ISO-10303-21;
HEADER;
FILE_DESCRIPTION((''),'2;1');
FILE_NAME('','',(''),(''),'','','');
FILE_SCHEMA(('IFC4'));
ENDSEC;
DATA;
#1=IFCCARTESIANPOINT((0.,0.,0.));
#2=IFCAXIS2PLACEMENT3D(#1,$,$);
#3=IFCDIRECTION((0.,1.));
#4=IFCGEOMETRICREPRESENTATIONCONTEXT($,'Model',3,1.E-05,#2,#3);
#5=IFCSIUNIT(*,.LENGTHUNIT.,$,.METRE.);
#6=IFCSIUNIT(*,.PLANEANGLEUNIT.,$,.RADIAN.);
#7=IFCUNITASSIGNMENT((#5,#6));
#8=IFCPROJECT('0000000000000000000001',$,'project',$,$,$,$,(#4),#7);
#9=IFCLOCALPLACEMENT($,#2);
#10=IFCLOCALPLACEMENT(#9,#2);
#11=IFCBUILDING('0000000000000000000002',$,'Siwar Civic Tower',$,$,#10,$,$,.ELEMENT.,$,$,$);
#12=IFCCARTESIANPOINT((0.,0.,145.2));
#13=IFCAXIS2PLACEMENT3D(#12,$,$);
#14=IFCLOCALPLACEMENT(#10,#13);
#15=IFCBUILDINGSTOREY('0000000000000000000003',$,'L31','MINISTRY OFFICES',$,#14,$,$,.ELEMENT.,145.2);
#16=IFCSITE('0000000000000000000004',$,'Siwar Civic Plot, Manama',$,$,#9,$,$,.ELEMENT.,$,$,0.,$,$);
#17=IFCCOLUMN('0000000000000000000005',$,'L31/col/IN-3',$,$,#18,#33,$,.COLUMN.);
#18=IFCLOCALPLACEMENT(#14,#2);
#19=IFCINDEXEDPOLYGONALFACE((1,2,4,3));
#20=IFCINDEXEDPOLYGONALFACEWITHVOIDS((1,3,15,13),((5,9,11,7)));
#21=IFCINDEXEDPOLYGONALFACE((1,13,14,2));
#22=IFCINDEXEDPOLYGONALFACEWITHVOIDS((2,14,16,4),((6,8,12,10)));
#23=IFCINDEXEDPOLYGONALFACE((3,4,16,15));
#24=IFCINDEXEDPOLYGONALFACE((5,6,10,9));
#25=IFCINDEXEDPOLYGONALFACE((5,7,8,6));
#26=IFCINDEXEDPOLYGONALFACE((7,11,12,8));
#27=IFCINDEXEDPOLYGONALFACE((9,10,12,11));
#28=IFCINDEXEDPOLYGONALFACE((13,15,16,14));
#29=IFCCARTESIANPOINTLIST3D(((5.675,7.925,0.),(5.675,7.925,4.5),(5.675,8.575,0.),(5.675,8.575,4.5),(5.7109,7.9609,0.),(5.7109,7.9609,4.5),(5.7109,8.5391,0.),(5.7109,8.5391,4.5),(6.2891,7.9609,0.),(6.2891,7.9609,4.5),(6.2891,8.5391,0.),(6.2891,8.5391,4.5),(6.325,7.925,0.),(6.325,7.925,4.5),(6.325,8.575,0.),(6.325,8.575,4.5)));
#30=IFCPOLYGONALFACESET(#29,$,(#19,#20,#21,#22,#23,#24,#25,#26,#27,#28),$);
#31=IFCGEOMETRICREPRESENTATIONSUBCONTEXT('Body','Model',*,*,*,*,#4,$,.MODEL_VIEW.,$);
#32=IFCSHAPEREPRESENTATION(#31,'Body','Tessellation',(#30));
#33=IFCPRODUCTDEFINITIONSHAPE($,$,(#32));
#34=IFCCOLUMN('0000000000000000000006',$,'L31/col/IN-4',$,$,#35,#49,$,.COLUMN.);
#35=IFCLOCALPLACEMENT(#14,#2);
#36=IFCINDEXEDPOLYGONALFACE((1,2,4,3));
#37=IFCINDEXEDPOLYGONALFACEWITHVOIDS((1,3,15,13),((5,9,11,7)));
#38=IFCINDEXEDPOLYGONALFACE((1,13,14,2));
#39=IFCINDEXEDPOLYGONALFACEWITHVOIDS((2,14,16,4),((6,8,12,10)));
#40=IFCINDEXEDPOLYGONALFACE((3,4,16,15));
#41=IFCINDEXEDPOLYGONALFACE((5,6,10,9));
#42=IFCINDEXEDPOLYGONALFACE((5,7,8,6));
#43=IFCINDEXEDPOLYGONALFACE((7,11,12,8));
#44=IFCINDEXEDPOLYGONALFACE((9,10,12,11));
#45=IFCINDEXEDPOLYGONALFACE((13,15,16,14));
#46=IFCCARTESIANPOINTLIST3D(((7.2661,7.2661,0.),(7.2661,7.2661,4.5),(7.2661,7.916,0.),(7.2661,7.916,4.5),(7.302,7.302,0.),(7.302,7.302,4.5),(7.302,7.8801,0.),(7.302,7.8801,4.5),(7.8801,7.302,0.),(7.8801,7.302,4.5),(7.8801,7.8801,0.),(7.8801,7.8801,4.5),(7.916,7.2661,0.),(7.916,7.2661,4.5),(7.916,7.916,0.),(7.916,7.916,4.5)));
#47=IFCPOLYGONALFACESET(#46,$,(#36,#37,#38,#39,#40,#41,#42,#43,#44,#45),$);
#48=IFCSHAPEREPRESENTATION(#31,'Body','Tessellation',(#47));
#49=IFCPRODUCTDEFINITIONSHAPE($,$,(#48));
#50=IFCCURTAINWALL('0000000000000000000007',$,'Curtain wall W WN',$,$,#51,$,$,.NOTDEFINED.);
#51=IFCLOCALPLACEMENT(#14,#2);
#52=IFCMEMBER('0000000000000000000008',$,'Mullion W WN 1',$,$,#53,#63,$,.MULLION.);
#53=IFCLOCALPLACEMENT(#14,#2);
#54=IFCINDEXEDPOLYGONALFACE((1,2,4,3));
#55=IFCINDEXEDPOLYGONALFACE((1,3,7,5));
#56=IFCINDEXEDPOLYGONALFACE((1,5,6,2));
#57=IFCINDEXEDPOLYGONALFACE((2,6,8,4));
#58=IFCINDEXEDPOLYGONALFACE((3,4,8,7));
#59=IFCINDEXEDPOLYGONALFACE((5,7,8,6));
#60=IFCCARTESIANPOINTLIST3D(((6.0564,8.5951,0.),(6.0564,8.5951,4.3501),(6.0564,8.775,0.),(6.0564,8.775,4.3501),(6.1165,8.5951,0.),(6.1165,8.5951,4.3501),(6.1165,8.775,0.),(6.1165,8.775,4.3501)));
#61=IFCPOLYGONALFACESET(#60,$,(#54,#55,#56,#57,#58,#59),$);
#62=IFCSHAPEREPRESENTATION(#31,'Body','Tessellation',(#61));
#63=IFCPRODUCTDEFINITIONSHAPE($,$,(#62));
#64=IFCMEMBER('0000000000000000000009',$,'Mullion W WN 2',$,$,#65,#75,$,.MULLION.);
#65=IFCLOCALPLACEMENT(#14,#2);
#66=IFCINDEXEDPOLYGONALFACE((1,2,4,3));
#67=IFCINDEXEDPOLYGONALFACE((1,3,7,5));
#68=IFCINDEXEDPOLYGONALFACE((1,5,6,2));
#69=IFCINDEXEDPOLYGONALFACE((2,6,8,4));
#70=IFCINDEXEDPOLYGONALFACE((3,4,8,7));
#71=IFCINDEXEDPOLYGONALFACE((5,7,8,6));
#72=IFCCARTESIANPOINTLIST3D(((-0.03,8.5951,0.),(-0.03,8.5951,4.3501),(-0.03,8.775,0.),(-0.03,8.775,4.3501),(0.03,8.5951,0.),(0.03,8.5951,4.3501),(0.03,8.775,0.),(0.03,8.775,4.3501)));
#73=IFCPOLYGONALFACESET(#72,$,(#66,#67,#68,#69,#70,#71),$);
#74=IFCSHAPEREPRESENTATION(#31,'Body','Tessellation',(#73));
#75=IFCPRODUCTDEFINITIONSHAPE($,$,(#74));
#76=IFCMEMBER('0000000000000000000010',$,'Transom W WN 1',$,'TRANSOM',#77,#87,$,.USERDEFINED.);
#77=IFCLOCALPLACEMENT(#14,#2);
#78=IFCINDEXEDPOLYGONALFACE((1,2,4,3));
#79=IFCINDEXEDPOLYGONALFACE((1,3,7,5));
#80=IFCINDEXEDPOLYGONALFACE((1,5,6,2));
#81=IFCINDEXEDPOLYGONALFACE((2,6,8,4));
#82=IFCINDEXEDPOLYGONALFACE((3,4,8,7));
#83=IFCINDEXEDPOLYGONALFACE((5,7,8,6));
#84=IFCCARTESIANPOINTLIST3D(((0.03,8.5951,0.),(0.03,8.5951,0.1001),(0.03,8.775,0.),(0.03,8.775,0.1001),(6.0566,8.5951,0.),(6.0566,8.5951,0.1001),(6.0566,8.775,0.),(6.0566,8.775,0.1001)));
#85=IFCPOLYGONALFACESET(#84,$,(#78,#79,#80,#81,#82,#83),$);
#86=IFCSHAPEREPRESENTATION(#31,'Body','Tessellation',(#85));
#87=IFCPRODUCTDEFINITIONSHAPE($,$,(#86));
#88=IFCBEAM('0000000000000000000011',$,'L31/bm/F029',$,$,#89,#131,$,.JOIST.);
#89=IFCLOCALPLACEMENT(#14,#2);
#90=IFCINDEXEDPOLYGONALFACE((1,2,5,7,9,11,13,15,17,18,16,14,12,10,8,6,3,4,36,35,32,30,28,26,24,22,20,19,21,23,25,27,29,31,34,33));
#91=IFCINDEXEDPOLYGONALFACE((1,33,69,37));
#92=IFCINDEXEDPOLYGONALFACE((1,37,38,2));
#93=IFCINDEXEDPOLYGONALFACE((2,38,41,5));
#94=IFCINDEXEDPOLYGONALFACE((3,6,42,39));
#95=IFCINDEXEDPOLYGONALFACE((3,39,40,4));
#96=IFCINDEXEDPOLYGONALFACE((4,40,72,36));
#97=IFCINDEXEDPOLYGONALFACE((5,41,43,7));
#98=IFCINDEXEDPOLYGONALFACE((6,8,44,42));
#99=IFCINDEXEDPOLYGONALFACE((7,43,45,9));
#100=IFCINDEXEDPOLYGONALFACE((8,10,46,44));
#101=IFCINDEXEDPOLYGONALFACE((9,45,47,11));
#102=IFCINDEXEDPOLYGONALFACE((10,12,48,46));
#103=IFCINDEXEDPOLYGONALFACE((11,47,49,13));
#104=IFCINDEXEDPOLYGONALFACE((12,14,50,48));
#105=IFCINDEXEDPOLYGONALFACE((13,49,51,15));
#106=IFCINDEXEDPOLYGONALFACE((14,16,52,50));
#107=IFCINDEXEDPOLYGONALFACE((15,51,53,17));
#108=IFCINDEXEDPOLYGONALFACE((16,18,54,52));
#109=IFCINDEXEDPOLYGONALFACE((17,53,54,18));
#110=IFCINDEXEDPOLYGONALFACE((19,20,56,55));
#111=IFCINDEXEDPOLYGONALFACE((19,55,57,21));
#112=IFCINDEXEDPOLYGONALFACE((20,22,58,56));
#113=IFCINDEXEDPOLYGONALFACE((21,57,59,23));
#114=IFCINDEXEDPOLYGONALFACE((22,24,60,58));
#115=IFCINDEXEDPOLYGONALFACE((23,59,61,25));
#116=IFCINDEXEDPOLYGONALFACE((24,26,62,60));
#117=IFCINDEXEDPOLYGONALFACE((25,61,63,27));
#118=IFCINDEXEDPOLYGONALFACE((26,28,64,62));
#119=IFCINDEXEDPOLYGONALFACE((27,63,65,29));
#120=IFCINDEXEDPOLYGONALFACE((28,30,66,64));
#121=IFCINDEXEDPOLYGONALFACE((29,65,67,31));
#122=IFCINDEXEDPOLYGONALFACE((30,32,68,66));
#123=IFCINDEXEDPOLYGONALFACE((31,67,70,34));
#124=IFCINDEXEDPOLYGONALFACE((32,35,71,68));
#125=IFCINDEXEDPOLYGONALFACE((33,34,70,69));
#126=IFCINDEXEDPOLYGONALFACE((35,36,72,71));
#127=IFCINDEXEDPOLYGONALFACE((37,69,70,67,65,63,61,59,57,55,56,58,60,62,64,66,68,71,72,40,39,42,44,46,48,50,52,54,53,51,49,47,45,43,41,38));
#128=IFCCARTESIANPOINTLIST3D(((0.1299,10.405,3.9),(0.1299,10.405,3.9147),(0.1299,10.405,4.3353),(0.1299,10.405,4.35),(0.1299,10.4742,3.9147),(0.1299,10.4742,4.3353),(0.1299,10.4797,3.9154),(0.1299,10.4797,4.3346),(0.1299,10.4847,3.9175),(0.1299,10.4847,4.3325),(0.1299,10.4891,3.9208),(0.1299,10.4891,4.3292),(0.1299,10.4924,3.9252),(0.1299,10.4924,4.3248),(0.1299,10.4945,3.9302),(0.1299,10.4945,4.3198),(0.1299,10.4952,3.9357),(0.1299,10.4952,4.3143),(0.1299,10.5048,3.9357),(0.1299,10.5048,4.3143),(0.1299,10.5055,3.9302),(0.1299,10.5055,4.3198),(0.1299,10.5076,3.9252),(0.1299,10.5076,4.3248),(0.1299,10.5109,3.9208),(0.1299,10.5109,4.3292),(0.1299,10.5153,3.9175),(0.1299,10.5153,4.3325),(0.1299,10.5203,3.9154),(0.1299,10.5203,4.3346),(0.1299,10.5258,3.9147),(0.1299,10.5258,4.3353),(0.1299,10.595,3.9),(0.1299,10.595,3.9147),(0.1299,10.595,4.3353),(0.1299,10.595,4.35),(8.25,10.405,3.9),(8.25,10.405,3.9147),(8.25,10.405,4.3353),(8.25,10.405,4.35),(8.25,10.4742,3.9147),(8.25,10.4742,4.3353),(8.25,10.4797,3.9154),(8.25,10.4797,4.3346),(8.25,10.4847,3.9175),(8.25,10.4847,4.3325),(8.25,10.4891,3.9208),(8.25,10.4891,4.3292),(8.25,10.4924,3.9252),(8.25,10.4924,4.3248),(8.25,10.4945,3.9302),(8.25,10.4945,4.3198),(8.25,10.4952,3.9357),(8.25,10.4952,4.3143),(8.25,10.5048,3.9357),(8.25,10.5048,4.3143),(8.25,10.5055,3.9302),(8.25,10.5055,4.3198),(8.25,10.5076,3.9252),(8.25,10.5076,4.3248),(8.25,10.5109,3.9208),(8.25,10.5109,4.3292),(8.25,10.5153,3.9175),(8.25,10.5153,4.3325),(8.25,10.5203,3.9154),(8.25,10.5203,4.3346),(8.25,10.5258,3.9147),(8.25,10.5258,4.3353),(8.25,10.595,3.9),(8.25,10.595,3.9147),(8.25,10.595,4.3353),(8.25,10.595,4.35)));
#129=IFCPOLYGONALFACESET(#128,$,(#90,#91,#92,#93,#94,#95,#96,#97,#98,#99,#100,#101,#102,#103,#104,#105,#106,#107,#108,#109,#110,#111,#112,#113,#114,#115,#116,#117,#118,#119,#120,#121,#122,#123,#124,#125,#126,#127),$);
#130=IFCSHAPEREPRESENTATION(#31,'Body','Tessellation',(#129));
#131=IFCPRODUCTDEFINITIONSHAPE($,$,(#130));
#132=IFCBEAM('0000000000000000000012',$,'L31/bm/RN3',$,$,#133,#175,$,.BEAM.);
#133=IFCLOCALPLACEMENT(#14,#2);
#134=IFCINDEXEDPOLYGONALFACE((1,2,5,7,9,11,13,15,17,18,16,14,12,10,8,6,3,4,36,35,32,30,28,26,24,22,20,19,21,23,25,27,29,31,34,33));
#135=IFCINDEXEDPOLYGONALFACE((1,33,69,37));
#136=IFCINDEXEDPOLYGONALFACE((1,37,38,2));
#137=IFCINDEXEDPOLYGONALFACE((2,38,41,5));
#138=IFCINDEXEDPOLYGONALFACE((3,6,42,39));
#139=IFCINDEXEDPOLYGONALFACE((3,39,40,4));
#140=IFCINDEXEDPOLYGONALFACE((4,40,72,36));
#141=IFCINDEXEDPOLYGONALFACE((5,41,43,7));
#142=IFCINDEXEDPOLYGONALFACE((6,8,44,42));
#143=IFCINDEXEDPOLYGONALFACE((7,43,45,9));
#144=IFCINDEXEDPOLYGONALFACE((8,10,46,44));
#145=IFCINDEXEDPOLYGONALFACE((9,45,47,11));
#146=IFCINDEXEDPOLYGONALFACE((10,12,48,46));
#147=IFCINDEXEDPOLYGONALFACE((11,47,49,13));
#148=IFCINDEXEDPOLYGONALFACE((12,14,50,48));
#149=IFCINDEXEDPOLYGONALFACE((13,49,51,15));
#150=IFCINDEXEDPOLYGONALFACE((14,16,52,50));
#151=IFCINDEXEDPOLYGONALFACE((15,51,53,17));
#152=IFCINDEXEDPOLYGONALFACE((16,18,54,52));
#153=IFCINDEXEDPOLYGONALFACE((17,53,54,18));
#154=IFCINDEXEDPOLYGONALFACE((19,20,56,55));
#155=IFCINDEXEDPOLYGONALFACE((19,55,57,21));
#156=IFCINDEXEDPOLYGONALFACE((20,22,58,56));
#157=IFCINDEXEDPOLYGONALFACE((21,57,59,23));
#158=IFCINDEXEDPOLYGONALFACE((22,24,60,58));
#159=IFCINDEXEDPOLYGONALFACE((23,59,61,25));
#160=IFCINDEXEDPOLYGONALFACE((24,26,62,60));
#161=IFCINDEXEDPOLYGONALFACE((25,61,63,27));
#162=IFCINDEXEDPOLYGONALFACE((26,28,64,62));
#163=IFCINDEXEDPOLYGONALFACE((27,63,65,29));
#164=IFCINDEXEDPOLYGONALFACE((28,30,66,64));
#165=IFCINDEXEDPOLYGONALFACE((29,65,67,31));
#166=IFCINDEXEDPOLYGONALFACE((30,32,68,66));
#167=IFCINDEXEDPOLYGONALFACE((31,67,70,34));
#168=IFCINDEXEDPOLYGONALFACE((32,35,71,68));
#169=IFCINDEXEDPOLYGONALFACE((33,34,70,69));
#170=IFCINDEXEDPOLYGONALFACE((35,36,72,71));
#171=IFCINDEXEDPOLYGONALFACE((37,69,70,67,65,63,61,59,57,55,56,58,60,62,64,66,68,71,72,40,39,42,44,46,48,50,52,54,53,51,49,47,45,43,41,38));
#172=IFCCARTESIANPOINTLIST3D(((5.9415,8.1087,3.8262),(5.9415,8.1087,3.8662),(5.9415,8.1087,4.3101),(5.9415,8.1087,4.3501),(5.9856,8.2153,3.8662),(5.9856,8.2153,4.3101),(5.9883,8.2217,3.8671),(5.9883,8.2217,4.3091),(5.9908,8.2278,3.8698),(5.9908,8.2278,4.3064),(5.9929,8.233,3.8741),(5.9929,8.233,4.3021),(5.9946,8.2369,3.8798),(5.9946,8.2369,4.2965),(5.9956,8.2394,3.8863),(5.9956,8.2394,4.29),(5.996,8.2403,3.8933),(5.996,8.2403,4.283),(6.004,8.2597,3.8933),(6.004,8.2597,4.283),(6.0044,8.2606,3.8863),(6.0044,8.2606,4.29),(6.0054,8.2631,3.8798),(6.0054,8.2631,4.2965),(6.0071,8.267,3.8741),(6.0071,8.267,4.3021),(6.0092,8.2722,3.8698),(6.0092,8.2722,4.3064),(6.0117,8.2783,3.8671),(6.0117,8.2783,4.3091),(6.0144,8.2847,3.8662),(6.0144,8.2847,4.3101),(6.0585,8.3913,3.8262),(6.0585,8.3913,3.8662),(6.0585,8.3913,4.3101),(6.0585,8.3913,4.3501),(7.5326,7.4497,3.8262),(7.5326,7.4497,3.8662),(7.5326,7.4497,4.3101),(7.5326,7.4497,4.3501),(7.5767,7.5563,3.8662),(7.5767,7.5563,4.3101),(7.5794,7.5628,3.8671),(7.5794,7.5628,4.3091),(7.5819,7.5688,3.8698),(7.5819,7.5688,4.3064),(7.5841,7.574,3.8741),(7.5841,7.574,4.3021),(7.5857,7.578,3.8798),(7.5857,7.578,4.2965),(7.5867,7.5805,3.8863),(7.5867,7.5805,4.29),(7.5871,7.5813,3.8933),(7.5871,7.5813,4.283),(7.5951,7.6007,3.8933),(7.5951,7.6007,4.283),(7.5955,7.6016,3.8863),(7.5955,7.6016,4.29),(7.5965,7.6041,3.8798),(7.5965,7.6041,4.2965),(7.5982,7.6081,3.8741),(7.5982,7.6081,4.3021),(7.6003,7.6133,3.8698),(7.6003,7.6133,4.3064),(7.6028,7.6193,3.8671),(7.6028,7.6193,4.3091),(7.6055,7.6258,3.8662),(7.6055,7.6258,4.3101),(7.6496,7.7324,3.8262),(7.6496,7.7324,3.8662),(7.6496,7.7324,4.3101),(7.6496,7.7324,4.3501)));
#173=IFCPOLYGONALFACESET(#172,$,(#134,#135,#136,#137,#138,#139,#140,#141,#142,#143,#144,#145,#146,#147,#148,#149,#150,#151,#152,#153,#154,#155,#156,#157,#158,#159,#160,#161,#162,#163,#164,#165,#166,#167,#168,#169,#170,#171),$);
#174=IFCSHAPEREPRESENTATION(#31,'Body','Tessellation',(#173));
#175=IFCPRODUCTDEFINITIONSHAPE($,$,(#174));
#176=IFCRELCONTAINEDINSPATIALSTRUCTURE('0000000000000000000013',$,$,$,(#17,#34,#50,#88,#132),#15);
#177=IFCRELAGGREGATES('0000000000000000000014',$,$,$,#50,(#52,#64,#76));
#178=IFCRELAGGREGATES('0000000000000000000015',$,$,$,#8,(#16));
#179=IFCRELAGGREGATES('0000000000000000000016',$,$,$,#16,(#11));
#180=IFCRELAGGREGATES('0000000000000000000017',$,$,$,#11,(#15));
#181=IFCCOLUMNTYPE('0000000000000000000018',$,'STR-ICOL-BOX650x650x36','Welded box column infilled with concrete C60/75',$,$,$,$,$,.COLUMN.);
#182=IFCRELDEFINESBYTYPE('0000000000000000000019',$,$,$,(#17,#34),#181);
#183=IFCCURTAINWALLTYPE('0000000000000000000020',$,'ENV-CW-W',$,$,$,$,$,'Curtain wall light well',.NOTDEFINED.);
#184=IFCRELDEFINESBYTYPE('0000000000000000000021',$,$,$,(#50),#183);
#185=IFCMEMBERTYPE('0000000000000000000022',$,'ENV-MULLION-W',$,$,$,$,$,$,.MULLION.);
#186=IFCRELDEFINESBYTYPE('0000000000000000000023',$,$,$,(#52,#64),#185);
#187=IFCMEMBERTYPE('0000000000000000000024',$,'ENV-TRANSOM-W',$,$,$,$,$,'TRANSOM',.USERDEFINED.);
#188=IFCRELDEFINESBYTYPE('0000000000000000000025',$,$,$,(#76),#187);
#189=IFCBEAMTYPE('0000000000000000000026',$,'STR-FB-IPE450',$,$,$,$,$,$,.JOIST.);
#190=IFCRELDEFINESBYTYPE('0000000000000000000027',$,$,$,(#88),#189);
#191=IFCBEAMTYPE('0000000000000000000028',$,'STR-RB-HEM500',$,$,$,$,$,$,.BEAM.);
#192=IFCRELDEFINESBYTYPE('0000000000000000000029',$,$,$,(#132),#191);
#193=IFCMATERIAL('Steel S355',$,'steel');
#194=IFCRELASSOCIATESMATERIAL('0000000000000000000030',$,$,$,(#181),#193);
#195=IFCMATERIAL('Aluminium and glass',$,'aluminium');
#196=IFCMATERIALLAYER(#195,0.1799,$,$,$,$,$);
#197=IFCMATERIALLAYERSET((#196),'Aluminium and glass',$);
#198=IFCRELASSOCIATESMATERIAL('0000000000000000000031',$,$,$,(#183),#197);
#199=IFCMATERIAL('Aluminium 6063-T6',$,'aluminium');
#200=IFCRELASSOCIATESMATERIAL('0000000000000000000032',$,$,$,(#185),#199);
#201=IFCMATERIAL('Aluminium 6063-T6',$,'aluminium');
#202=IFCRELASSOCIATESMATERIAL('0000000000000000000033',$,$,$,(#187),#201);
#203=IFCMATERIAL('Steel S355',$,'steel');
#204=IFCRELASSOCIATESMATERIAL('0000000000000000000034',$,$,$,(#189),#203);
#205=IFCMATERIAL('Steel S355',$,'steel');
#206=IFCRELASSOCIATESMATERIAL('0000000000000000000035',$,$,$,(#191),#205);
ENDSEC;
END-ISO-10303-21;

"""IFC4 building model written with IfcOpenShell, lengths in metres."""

from ifc_helpers import new_model, si_unit, direction, frame, origin, origin_2d, place, context, subcontext, project, spatial, rectangle, hollow_rectangle, i_section, extrude, material, layer, layer_set, material_profile, profile_set, type_object, element, aggregate, save


model = new_model("IFC4")

# Units and contexts
model_context = context("Model", 3, precision=1e-05, world=origin(), true_north=direction((0.0, 1.0)))
body_context = subcontext(model_context, "Body", "Model", "MODEL_VIEW")
ifc_project = project(units=[si_unit("LENGTHUNIT", "METRE"), si_unit("PLANEANGLEUNIT", "RADIAN")], contexts=[model_context])

# Site, building, storey
site_placement = place(None, origin())
site = spatial("IfcSite", under=ifc_project, at=site_placement, Name="Siwar Civic Plot, Manama", CompositionType="ELEMENT", RefElevation=0.0)
building_placement = place(site_placement, origin())
building = spatial("IfcBuilding", under=site, at=building_placement, Name="Siwar Civic Tower", CompositionType="ELEMENT")
storey_placement = place(building_placement, frame((0.0, 0.0, 145.2)))
storey = spatial("IfcBuildingStorey", under=building, at=storey_placement, Name="L31", Description="MINISTRY OFFICES", CompositionType="ELEMENT", Elevation=145.2)

# Columns
ifc_material_1 = material(Name="Steel S355", Category="steel")
ifc_material_profile_1 = material_profile(ifc_material_1, hollow_rectangle(XDim=0.6499, YDim=0.6499, WallThickness=0.0359, at=origin_2d()), Name="BOX650x650x36")
ifc_profile_set_1 = profile_set([ifc_material_profile_1], Name="Steel S355")
column_type = type_object("IfcColumnType", Name="STR-ICOL-BOX650x650x36", Description="Welded box column infilled with concrete C60/75", PredefinedType="COLUMN", material=ifc_profile_set_1)
for number, where, z_axis, x_axis, name in (
    (1, (6.0, 8.25, 0.0), (0.0, 0.0, 1.0), (1.0, 0.0, 0.0), "L31/col/IN-3"),
    (2, (7.5911, 7.5911, 0.0), (0.0, 0.0, 1.0), (1.0, 0.0, 0.0), "L31/col/IN-4"),
):
    element("IfcColumn", number, at=place(storey_placement, frame(where, z_axis=z_axis, x_axis=x_axis)), inside=storey, type_object=column_type, Name=name, PredefinedType="COLUMN", context=body_context, shape_type="SweptSolid", body=[
        extrude(hollow_rectangle(XDim=0.6499, YDim=0.6499, WallThickness=0.0359, at=origin_2d()), origin(), (0.0, 0.0, 1.0), 4.5),
    ])

# Curtain wall, members
ifc_material_2 = material(Name="Aluminium and glass", Category="aluminium")
ifc_layer_1 = layer(ifc_material_2, 0.1799)
ifc_layer_set_1 = layer_set([ifc_layer_1], Name="Aluminium and glass")
curtain_wall_type = type_object("IfcCurtainWallType", Name="ENV-CW-W", ElementType="Curtain wall light well", PredefinedType="NOTDEFINED", material=ifc_layer_set_1)
curtain_wall_placement = place(storey_placement, origin())
curtain_wall = element("IfcCurtainWall", 3, at=curtain_wall_placement, inside=storey, type_object=curtain_wall_type, Name="Curtain wall W WN", PredefinedType="NOTDEFINED")
ifc_material_3 = material(Name="Aluminium 6063-T6", Category="aluminium")
ifc_material_profile_2 = material_profile(ifc_material_3, rectangle(XDim=0.1799, YDim=0.0601, at=origin_2d()), Name="AL 180x60")
ifc_profile_set_2 = profile_set([ifc_material_profile_2], Name="Aluminium 6063-T6")
member_type_1 = type_object("IfcMemberType", Name="ENV-MULLION-W", PredefinedType="MULLION", material=ifc_profile_set_2)
member_1_placement = place(storey_placement, frame((6.0864, 8.6851, 0.0), z_axis=(0.0, 0.0, 1.0), x_axis=(0.0, -1.0, 0.0)))
member_1 = element("IfcMember", 4, at=member_1_placement, type_object=member_type_1, Name="Mullion W WN 1", PredefinedType="MULLION", context=body_context, shape_type="SweptSolid", body=[
    extrude(rectangle(XDim=0.1799, YDim=0.0601, at=origin_2d()), origin(), (0.0, 0.0, 1.0), 4.3501),
])
member_2_placement = place(storey_placement, frame((0.0, 8.6851, 0.0), z_axis=(0.0, 0.0, 1.0), x_axis=(0.0, -1.0, 0.0)))
member_2 = element("IfcMember", 5, at=member_2_placement, type_object=member_type_1, Name="Mullion W WN 2", PredefinedType="MULLION", context=body_context, shape_type="SweptSolid", body=[
    extrude(rectangle(XDim=0.1799, YDim=0.0601, at=origin_2d()), origin(), (0.0, 0.0, 1.0), 4.3501),
])
ifc_material_4 = material(Name="Aluminium 6063-T6", Category="aluminium")
ifc_material_profile_3 = material_profile(ifc_material_4, rectangle(XDim=0.1799, YDim=0.1001, at=origin_2d()), Name="AL 180x100")
ifc_profile_set_3 = profile_set([ifc_material_profile_3], Name="Aluminium 6063-T6")
member_type_2 = type_object("IfcMemberType", Name="ENV-TRANSOM-W", ElementType="TRANSOM", PredefinedType="USERDEFINED", material=ifc_profile_set_3)
member_3_placement = place(storey_placement, frame((6.0566, 8.6851, 0.05), z_axis=(-1.0, 0.0, 0.0), x_axis=(0.0, -1.0, 0.0)))
member_3 = element("IfcMember", 6, at=member_3_placement, type_object=member_type_2, Name="Transom W WN 1", ObjectType="TRANSOM", PredefinedType="USERDEFINED", context=body_context, shape_type="SweptSolid", body=[
    extrude(rectangle(XDim=0.1799, YDim=0.1001, at=origin_2d()), origin(), (0.0, 0.0, 1.0), 6.0266),
])

# Beams
ifc_material_5 = material(Name="Steel S355", Category="steel")
ifc_material_profile_4 = material_profile(ifc_material_5, i_section(OverallWidth=0.1899, OverallDepth=0.45, WebThickness=0.0095, FlangeThickness=0.0146, FilletRadius=0.021, at=origin_2d()), Name="IPE450")
ifc_profile_set_4 = profile_set([ifc_material_profile_4], Name="Steel S355")
beam_type_1 = type_object("IfcBeamType", Name="STR-FB-IPE450", PredefinedType="JOIST", material=ifc_profile_set_4)
beam_placement = place(storey_placement, frame((0.1299, 10.5, 4.125), z_axis=(1.0, 0.0, 0.0), x_axis=(0.0, 1.0, 0.0)))
element("IfcBeam", 7, at=beam_placement, inside=storey, type_object=beam_type_1, Name="L31/bm/F029", PredefinedType="JOIST", context=body_context, shape_type="SweptSolid", body=[
    extrude(i_section(OverallWidth=0.1899, OverallDepth=0.45, WebThickness=0.0095, FlangeThickness=0.0146, FilletRadius=0.021, at=origin_2d()), origin(), (0.0, 0.0, 1.0), 8.1201),
])
ifc_material_6 = material(Name="Steel S355", Category="steel")
ifc_material_profile_5 = material_profile(ifc_material_6, i_section(OverallWidth=0.3059, OverallDepth=0.5239, WebThickness=0.021, FlangeThickness=0.04, FilletRadius=0.0271, at=origin_2d()), Name="HEM500")
ifc_profile_set_5 = profile_set([ifc_material_profile_5], Name="Steel S355")
beam_type_2 = type_object("IfcBeamType", Name="STR-RB-HEM500", PredefinedType="BEAM", material=ifc_profile_set_5)
for number, where, z_axis, x_axis, name in (
    (8, (6.0, 8.25, 4.0881), (0.923901, -0.382631, 0.0), (0.382631, 0.923901, 0.0), "L31/bm/RN3"),
):
    element("IfcBeam", number, at=place(storey_placement, frame(where, z_axis=z_axis, x_axis=x_axis)), inside=storey, type_object=beam_type_2, Name=name, PredefinedType="BEAM", context=body_context, shape_type="SweptSolid", body=[
        extrude(i_section(OverallWidth=0.3059, OverallDepth=0.5239, WebThickness=0.021, FlangeThickness=0.04, FilletRadius=0.0271, at=origin_2d()), origin(), (0.0, 0.0, 1.0), 1.7222),
    ])

aggregate(curtain_wall, [member_1, member_2, member_3])

save(model, "model.ifc")
